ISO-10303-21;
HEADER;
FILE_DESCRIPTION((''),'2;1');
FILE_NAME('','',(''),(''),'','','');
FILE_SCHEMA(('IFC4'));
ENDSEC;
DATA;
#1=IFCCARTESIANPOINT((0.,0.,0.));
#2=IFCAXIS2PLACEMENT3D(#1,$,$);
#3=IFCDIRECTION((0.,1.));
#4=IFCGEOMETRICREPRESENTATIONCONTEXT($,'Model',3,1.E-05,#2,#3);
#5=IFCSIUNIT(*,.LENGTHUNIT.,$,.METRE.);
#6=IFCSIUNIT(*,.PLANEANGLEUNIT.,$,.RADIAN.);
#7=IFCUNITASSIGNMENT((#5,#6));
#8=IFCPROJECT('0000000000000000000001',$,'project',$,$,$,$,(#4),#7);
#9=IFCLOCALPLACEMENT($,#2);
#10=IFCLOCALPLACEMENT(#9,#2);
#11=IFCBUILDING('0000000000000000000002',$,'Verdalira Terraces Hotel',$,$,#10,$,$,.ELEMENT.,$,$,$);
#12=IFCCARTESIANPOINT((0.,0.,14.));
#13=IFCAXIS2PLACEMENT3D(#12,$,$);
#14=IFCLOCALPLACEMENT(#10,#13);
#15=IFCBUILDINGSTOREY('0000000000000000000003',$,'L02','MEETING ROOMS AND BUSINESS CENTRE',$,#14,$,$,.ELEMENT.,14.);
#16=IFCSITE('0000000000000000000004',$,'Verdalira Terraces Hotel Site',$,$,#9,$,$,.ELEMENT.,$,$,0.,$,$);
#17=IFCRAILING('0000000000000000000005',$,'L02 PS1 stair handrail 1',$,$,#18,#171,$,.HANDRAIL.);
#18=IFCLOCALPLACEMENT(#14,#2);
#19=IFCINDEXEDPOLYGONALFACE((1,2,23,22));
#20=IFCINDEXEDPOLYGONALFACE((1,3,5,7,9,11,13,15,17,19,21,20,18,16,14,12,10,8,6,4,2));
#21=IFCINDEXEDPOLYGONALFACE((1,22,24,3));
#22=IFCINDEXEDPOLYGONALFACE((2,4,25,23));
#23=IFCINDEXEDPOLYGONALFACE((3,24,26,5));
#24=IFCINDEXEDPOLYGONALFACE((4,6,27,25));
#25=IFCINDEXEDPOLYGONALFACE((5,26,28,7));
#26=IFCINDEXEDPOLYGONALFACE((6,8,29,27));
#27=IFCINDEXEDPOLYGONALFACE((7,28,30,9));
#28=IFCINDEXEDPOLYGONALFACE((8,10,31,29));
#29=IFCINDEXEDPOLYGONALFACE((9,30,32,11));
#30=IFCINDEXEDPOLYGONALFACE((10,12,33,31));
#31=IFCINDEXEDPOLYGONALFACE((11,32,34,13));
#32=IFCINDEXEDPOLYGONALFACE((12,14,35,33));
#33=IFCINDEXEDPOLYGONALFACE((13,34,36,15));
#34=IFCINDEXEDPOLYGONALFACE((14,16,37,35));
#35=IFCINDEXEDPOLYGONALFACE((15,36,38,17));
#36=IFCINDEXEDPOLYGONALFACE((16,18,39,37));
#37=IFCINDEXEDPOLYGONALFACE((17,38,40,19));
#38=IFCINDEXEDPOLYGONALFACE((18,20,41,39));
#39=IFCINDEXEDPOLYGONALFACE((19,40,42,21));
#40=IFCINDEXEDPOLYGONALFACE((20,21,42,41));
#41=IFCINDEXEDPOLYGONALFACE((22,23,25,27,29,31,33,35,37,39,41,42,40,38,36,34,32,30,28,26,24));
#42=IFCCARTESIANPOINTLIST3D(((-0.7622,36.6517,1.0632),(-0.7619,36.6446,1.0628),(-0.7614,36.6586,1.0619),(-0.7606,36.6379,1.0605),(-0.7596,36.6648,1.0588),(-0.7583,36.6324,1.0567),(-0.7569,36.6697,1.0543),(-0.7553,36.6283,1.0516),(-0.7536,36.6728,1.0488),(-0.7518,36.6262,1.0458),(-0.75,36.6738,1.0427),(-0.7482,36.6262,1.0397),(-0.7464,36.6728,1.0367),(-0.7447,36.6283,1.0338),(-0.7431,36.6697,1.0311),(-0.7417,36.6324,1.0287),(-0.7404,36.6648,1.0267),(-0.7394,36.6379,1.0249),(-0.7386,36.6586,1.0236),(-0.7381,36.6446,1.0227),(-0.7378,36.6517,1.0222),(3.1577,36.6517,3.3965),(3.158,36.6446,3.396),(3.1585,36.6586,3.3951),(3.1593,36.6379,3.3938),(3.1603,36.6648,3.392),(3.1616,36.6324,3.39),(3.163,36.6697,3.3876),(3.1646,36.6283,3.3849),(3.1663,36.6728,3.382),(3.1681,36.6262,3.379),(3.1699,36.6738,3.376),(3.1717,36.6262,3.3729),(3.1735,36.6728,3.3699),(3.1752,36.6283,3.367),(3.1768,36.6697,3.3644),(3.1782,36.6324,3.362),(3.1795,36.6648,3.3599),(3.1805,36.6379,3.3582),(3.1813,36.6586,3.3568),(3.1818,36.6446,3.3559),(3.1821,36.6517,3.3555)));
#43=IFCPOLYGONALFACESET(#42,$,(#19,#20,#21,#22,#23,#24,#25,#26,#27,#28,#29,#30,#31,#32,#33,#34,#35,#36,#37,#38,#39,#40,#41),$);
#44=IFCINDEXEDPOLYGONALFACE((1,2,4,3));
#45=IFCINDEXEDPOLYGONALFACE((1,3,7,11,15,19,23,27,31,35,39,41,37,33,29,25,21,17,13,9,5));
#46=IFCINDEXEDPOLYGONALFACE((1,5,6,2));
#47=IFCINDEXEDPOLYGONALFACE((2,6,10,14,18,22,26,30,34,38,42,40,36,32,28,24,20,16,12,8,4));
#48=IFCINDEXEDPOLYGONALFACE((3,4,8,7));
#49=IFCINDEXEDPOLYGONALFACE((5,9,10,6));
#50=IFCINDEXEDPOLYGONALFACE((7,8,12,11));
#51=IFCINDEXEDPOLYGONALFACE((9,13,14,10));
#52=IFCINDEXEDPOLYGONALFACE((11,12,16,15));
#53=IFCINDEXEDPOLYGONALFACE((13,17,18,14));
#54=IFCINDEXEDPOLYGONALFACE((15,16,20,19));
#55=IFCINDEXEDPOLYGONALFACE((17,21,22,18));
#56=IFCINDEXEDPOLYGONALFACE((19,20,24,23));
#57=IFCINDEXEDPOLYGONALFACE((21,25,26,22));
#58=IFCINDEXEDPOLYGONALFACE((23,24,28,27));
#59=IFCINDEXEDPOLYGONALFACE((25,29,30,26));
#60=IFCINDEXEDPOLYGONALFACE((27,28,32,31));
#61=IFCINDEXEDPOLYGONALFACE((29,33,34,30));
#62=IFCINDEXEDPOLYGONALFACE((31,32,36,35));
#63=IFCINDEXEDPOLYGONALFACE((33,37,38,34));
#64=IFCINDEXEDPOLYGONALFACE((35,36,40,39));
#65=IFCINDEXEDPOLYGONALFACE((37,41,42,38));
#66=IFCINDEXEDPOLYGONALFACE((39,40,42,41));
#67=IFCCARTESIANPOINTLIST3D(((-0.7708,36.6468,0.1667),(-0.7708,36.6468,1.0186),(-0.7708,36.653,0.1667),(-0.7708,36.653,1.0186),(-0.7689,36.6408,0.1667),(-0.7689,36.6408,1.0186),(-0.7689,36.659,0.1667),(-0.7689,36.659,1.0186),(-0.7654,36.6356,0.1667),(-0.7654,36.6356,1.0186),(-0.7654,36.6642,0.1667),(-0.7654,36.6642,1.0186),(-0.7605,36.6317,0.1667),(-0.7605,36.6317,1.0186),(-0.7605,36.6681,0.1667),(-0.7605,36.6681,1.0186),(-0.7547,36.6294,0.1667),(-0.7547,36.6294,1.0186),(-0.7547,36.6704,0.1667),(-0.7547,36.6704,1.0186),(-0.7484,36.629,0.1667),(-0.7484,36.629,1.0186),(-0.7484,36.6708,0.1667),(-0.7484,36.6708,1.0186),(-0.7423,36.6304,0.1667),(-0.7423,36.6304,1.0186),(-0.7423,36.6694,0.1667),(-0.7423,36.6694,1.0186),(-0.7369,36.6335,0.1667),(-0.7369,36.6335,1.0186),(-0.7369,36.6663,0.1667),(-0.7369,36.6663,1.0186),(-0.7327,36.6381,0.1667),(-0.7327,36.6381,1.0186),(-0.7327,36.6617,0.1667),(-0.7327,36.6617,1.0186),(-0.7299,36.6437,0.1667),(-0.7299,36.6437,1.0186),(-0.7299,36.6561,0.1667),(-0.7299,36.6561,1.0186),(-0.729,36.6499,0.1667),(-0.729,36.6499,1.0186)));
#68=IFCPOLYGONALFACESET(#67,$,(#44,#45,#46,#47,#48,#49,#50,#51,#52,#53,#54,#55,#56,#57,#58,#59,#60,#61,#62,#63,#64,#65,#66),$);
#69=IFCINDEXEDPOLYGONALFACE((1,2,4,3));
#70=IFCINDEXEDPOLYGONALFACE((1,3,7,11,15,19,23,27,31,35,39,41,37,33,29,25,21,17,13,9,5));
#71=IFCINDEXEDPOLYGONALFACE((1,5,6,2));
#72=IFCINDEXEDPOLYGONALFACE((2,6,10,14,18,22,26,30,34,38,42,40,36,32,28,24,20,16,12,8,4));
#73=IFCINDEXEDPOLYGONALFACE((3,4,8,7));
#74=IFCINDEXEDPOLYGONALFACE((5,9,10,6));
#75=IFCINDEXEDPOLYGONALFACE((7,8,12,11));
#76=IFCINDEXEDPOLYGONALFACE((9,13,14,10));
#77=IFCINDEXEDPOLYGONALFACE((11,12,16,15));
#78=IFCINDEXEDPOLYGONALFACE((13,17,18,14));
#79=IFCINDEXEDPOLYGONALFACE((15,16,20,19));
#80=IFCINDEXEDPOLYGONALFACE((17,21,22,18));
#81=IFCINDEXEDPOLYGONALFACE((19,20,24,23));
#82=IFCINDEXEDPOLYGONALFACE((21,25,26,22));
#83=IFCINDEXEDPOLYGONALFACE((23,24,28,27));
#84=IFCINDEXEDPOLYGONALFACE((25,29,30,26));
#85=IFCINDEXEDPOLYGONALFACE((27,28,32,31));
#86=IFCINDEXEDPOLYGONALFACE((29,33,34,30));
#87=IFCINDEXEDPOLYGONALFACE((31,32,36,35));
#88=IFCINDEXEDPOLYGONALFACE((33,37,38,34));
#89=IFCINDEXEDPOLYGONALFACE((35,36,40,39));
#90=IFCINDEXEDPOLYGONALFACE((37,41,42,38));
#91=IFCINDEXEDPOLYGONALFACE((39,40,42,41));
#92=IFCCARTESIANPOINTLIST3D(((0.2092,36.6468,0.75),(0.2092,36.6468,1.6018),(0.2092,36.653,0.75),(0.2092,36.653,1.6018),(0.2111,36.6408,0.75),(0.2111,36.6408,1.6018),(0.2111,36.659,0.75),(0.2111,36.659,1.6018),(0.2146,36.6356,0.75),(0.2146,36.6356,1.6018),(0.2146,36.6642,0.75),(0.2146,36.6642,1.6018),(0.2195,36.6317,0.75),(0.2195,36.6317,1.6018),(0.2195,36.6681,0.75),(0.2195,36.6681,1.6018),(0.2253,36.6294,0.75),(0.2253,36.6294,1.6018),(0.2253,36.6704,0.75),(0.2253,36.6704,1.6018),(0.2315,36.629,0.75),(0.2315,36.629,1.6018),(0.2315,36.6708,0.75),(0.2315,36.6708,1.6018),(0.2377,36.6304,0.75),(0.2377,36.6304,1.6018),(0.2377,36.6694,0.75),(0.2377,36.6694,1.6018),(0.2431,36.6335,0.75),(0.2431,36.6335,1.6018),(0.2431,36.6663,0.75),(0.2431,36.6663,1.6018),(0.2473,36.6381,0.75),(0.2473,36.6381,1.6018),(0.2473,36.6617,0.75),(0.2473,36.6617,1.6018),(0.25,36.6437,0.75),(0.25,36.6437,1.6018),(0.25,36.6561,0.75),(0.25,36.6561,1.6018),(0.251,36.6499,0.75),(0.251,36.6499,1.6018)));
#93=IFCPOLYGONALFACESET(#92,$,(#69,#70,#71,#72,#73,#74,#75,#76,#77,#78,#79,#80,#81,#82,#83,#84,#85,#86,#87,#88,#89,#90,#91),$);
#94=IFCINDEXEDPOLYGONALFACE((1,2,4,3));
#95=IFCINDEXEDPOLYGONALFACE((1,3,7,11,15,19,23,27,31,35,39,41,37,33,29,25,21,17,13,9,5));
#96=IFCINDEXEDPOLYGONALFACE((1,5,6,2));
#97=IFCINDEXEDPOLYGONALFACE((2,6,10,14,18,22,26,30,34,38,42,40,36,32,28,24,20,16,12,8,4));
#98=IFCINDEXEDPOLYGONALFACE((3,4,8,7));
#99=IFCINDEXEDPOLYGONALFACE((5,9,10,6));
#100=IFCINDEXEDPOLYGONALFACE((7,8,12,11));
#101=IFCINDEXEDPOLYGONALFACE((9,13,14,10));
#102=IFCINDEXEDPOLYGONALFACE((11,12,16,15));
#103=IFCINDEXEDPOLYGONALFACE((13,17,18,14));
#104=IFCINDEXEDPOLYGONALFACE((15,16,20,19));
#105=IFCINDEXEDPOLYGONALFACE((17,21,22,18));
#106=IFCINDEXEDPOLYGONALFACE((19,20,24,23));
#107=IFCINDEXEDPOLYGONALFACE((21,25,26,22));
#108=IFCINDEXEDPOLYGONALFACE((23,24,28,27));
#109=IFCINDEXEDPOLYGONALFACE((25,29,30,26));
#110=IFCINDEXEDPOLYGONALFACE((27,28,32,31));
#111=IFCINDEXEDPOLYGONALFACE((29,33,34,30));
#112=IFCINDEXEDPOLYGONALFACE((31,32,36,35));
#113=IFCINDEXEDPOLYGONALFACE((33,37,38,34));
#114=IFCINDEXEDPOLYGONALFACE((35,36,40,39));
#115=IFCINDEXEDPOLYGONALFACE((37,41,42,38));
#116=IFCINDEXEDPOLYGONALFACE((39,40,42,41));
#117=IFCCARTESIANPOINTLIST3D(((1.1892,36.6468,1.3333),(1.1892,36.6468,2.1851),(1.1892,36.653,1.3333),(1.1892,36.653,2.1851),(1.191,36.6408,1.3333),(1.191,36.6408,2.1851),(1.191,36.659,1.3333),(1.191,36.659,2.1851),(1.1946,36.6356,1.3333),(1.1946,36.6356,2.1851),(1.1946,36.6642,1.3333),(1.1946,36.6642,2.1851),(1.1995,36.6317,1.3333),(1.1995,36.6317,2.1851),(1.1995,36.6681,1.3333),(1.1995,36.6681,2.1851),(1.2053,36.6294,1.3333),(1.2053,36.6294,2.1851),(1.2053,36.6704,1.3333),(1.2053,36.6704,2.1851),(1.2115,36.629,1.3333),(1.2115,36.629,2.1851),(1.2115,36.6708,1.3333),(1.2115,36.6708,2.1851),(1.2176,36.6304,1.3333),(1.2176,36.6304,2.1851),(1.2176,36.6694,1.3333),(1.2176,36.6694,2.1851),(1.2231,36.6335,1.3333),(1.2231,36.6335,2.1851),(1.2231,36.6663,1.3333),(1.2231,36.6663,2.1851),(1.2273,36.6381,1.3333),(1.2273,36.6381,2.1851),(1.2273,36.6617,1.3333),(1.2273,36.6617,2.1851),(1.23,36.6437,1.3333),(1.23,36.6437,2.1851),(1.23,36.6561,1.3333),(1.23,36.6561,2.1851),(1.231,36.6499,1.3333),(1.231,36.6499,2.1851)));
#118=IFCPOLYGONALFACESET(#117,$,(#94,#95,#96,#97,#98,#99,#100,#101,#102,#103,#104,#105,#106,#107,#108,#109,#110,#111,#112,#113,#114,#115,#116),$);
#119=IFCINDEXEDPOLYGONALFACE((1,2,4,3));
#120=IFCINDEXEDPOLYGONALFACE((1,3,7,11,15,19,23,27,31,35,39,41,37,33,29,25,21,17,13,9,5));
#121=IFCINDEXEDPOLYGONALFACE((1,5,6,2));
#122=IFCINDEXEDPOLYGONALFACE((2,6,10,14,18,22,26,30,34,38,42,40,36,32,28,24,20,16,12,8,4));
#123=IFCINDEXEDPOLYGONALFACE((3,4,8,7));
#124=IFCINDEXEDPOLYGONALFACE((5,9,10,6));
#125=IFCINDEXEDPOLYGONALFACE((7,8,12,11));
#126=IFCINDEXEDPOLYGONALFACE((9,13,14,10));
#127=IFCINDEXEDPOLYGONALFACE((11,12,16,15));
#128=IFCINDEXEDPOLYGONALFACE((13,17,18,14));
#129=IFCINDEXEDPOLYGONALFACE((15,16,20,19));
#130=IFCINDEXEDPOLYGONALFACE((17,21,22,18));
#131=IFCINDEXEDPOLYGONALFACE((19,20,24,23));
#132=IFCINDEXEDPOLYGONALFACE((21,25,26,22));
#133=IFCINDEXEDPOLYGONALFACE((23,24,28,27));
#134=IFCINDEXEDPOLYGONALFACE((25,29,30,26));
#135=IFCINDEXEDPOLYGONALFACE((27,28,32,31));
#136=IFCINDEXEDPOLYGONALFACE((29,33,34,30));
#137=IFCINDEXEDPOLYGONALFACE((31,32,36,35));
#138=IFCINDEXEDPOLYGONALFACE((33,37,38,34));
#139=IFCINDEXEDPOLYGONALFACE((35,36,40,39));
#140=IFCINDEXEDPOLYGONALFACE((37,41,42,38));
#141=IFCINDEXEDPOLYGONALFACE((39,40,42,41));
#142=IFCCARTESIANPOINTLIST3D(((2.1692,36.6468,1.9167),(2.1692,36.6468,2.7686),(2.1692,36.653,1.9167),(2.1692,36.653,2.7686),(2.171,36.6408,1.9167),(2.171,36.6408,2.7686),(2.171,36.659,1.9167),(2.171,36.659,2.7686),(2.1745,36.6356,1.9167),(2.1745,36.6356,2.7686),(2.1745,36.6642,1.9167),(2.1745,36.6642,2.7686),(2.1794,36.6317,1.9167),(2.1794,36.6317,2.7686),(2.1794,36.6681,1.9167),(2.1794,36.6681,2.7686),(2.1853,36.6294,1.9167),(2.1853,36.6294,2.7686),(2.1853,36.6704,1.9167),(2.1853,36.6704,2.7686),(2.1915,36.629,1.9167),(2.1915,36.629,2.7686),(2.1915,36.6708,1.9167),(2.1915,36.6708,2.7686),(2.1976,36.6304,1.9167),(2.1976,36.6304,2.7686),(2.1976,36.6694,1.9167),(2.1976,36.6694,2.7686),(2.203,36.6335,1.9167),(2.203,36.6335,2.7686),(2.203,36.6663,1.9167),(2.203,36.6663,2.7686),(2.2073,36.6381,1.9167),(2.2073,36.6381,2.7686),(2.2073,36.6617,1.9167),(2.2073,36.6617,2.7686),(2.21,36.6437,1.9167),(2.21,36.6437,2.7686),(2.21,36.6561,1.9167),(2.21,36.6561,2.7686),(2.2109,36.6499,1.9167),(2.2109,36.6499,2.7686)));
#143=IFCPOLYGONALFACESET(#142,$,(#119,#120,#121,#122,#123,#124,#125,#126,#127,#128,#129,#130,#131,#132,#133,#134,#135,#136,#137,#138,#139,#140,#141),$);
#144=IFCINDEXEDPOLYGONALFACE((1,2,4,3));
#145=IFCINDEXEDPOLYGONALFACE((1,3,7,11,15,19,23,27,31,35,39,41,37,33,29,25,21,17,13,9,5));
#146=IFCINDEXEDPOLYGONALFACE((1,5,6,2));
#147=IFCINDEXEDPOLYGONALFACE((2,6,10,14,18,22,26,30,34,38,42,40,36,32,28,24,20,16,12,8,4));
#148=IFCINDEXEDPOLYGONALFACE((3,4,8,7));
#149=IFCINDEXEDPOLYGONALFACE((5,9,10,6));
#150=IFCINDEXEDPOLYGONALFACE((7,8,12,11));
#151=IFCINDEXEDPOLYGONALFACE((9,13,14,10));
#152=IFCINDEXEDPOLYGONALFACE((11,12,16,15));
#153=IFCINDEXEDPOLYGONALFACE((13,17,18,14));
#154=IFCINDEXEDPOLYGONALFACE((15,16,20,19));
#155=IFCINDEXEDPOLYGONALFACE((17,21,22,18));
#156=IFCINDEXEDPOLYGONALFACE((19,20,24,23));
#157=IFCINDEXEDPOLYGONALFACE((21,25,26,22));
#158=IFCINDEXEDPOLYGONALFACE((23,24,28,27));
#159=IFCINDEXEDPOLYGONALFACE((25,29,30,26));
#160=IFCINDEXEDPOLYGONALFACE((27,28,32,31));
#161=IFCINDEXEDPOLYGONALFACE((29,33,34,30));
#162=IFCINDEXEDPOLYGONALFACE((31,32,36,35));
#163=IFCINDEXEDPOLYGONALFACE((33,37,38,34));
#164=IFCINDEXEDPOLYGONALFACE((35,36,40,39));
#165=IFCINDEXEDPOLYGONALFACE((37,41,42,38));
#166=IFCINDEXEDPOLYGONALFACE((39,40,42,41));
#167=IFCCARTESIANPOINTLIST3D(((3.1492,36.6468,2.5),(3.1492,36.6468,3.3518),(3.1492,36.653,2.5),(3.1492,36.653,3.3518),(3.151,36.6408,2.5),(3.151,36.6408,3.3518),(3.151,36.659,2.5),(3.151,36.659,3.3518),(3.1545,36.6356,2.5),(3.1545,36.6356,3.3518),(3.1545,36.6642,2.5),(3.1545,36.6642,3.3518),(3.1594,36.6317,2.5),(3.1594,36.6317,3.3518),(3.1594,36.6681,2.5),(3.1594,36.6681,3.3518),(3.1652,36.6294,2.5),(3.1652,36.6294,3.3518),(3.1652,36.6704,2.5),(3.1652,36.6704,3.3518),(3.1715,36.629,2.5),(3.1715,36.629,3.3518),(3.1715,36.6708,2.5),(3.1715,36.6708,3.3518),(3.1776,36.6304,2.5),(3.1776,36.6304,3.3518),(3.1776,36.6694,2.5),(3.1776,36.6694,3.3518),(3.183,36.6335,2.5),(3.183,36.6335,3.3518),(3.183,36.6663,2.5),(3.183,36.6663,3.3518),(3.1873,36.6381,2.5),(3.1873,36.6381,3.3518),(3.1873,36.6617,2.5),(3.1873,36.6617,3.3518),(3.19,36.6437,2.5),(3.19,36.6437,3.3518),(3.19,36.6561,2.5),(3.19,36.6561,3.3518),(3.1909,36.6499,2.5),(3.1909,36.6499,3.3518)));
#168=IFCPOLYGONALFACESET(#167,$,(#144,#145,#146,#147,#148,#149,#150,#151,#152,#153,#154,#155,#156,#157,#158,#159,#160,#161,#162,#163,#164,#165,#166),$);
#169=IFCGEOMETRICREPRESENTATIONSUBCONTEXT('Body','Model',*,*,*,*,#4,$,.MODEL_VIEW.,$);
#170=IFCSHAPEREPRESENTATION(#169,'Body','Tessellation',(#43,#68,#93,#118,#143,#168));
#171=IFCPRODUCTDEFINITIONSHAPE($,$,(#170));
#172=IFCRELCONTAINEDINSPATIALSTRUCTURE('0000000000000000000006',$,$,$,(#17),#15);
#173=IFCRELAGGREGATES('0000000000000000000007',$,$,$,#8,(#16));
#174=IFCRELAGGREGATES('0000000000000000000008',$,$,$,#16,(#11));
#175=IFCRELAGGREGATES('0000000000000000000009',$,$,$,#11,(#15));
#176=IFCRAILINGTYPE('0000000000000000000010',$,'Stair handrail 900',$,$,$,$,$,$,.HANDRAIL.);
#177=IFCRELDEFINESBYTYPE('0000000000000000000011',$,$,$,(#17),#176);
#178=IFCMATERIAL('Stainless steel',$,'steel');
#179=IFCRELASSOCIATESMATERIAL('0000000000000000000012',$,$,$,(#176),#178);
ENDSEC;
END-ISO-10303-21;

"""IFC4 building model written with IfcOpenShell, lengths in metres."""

from ifc_helpers import new_model, si_unit, direction, frame, origin, origin_2d, place, context, subcontext, project, spatial, circle, extrude, material, type_object, element, save


model = new_model("IFC4")

# Units and contexts
model_context = context("Model", 3, precision=1e-05, world=origin(), true_north=direction((0.0, 1.0)))
body_context = subcontext(model_context, "Body", "Model", "MODEL_VIEW")
ifc_project = project(units=[si_unit("LENGTHUNIT", "METRE"), si_unit("PLANEANGLEUNIT", "RADIAN")], contexts=[model_context])

# Site, building, storey
site_placement = place(None, origin())
site = spatial("IfcSite", under=ifc_project, at=site_placement, Name="Verdalira Terraces Hotel Site", CompositionType="ELEMENT", RefElevation=0.0)
building_placement = place(site_placement, origin())
building = spatial("IfcBuilding", under=site, at=building_placement, Name="Verdalira Terraces Hotel", CompositionType="ELEMENT")
storey_placement = place(building_placement, frame((0.0, 0.0, 14.0)))
storey = spatial("IfcBuildingStorey", under=building, at=storey_placement, Name="L02", Description="MEETING ROOMS AND BUSINESS CENTRE", CompositionType="ELEMENT", Elevation=14.0)

# Railing
ifc_material_1 = material(Name="Stainless steel", Category="steel")
railing_type_1 = type_object("IfcRailingType", Name="Stair handrail 900", PredefinedType="HANDRAIL", material=ifc_material_1)
railing_1_placement = place(storey_placement, frame((-0.75, 36.6499, 0.1667)))
element("IfcRailing", 1, at=railing_1_placement, inside=storey, type_object=railing_type_1, Name="L02 PS1 stair handrail 1", PredefinedType="HANDRAIL", context=body_context, shape_type="SweptSolid", body=[
    extrude(circle(Radius=0.0239, at=origin_2d()), frame((0.0, 0.0, 0.876), z_axis=(0.859296, 0.0, 0.511478), x_axis=(0.0, 1.0, 0.0)), (0.0, 0.0, 1.0), 4.5618),
    extrude(circle(Radius=0.021, at=origin_2d()), origin(), (0.0, 0.0, 1.0), 0.8518),
    extrude(circle(Radius=0.021, at=origin_2d()), frame((0.98, 0.0, 0.5833)), (0.0, 0.0, 1.0), 0.8518),
    extrude(circle(Radius=0.021, at=origin_2d()), frame((1.96, 0.0, 1.1665)), (0.0, 0.0, 1.0), 0.8518),
    extrude(circle(Radius=0.021, at=origin_2d()), frame((2.9399, 0.0, 1.75)), (0.0, 0.0, 1.0), 0.8518),
    extrude(circle(Radius=0.021, at=origin_2d()), frame((3.9199, 0.0, 2.3333)), (0.0, 0.0, 1.0), 0.8518),
])

save(model, "model.ifc")
